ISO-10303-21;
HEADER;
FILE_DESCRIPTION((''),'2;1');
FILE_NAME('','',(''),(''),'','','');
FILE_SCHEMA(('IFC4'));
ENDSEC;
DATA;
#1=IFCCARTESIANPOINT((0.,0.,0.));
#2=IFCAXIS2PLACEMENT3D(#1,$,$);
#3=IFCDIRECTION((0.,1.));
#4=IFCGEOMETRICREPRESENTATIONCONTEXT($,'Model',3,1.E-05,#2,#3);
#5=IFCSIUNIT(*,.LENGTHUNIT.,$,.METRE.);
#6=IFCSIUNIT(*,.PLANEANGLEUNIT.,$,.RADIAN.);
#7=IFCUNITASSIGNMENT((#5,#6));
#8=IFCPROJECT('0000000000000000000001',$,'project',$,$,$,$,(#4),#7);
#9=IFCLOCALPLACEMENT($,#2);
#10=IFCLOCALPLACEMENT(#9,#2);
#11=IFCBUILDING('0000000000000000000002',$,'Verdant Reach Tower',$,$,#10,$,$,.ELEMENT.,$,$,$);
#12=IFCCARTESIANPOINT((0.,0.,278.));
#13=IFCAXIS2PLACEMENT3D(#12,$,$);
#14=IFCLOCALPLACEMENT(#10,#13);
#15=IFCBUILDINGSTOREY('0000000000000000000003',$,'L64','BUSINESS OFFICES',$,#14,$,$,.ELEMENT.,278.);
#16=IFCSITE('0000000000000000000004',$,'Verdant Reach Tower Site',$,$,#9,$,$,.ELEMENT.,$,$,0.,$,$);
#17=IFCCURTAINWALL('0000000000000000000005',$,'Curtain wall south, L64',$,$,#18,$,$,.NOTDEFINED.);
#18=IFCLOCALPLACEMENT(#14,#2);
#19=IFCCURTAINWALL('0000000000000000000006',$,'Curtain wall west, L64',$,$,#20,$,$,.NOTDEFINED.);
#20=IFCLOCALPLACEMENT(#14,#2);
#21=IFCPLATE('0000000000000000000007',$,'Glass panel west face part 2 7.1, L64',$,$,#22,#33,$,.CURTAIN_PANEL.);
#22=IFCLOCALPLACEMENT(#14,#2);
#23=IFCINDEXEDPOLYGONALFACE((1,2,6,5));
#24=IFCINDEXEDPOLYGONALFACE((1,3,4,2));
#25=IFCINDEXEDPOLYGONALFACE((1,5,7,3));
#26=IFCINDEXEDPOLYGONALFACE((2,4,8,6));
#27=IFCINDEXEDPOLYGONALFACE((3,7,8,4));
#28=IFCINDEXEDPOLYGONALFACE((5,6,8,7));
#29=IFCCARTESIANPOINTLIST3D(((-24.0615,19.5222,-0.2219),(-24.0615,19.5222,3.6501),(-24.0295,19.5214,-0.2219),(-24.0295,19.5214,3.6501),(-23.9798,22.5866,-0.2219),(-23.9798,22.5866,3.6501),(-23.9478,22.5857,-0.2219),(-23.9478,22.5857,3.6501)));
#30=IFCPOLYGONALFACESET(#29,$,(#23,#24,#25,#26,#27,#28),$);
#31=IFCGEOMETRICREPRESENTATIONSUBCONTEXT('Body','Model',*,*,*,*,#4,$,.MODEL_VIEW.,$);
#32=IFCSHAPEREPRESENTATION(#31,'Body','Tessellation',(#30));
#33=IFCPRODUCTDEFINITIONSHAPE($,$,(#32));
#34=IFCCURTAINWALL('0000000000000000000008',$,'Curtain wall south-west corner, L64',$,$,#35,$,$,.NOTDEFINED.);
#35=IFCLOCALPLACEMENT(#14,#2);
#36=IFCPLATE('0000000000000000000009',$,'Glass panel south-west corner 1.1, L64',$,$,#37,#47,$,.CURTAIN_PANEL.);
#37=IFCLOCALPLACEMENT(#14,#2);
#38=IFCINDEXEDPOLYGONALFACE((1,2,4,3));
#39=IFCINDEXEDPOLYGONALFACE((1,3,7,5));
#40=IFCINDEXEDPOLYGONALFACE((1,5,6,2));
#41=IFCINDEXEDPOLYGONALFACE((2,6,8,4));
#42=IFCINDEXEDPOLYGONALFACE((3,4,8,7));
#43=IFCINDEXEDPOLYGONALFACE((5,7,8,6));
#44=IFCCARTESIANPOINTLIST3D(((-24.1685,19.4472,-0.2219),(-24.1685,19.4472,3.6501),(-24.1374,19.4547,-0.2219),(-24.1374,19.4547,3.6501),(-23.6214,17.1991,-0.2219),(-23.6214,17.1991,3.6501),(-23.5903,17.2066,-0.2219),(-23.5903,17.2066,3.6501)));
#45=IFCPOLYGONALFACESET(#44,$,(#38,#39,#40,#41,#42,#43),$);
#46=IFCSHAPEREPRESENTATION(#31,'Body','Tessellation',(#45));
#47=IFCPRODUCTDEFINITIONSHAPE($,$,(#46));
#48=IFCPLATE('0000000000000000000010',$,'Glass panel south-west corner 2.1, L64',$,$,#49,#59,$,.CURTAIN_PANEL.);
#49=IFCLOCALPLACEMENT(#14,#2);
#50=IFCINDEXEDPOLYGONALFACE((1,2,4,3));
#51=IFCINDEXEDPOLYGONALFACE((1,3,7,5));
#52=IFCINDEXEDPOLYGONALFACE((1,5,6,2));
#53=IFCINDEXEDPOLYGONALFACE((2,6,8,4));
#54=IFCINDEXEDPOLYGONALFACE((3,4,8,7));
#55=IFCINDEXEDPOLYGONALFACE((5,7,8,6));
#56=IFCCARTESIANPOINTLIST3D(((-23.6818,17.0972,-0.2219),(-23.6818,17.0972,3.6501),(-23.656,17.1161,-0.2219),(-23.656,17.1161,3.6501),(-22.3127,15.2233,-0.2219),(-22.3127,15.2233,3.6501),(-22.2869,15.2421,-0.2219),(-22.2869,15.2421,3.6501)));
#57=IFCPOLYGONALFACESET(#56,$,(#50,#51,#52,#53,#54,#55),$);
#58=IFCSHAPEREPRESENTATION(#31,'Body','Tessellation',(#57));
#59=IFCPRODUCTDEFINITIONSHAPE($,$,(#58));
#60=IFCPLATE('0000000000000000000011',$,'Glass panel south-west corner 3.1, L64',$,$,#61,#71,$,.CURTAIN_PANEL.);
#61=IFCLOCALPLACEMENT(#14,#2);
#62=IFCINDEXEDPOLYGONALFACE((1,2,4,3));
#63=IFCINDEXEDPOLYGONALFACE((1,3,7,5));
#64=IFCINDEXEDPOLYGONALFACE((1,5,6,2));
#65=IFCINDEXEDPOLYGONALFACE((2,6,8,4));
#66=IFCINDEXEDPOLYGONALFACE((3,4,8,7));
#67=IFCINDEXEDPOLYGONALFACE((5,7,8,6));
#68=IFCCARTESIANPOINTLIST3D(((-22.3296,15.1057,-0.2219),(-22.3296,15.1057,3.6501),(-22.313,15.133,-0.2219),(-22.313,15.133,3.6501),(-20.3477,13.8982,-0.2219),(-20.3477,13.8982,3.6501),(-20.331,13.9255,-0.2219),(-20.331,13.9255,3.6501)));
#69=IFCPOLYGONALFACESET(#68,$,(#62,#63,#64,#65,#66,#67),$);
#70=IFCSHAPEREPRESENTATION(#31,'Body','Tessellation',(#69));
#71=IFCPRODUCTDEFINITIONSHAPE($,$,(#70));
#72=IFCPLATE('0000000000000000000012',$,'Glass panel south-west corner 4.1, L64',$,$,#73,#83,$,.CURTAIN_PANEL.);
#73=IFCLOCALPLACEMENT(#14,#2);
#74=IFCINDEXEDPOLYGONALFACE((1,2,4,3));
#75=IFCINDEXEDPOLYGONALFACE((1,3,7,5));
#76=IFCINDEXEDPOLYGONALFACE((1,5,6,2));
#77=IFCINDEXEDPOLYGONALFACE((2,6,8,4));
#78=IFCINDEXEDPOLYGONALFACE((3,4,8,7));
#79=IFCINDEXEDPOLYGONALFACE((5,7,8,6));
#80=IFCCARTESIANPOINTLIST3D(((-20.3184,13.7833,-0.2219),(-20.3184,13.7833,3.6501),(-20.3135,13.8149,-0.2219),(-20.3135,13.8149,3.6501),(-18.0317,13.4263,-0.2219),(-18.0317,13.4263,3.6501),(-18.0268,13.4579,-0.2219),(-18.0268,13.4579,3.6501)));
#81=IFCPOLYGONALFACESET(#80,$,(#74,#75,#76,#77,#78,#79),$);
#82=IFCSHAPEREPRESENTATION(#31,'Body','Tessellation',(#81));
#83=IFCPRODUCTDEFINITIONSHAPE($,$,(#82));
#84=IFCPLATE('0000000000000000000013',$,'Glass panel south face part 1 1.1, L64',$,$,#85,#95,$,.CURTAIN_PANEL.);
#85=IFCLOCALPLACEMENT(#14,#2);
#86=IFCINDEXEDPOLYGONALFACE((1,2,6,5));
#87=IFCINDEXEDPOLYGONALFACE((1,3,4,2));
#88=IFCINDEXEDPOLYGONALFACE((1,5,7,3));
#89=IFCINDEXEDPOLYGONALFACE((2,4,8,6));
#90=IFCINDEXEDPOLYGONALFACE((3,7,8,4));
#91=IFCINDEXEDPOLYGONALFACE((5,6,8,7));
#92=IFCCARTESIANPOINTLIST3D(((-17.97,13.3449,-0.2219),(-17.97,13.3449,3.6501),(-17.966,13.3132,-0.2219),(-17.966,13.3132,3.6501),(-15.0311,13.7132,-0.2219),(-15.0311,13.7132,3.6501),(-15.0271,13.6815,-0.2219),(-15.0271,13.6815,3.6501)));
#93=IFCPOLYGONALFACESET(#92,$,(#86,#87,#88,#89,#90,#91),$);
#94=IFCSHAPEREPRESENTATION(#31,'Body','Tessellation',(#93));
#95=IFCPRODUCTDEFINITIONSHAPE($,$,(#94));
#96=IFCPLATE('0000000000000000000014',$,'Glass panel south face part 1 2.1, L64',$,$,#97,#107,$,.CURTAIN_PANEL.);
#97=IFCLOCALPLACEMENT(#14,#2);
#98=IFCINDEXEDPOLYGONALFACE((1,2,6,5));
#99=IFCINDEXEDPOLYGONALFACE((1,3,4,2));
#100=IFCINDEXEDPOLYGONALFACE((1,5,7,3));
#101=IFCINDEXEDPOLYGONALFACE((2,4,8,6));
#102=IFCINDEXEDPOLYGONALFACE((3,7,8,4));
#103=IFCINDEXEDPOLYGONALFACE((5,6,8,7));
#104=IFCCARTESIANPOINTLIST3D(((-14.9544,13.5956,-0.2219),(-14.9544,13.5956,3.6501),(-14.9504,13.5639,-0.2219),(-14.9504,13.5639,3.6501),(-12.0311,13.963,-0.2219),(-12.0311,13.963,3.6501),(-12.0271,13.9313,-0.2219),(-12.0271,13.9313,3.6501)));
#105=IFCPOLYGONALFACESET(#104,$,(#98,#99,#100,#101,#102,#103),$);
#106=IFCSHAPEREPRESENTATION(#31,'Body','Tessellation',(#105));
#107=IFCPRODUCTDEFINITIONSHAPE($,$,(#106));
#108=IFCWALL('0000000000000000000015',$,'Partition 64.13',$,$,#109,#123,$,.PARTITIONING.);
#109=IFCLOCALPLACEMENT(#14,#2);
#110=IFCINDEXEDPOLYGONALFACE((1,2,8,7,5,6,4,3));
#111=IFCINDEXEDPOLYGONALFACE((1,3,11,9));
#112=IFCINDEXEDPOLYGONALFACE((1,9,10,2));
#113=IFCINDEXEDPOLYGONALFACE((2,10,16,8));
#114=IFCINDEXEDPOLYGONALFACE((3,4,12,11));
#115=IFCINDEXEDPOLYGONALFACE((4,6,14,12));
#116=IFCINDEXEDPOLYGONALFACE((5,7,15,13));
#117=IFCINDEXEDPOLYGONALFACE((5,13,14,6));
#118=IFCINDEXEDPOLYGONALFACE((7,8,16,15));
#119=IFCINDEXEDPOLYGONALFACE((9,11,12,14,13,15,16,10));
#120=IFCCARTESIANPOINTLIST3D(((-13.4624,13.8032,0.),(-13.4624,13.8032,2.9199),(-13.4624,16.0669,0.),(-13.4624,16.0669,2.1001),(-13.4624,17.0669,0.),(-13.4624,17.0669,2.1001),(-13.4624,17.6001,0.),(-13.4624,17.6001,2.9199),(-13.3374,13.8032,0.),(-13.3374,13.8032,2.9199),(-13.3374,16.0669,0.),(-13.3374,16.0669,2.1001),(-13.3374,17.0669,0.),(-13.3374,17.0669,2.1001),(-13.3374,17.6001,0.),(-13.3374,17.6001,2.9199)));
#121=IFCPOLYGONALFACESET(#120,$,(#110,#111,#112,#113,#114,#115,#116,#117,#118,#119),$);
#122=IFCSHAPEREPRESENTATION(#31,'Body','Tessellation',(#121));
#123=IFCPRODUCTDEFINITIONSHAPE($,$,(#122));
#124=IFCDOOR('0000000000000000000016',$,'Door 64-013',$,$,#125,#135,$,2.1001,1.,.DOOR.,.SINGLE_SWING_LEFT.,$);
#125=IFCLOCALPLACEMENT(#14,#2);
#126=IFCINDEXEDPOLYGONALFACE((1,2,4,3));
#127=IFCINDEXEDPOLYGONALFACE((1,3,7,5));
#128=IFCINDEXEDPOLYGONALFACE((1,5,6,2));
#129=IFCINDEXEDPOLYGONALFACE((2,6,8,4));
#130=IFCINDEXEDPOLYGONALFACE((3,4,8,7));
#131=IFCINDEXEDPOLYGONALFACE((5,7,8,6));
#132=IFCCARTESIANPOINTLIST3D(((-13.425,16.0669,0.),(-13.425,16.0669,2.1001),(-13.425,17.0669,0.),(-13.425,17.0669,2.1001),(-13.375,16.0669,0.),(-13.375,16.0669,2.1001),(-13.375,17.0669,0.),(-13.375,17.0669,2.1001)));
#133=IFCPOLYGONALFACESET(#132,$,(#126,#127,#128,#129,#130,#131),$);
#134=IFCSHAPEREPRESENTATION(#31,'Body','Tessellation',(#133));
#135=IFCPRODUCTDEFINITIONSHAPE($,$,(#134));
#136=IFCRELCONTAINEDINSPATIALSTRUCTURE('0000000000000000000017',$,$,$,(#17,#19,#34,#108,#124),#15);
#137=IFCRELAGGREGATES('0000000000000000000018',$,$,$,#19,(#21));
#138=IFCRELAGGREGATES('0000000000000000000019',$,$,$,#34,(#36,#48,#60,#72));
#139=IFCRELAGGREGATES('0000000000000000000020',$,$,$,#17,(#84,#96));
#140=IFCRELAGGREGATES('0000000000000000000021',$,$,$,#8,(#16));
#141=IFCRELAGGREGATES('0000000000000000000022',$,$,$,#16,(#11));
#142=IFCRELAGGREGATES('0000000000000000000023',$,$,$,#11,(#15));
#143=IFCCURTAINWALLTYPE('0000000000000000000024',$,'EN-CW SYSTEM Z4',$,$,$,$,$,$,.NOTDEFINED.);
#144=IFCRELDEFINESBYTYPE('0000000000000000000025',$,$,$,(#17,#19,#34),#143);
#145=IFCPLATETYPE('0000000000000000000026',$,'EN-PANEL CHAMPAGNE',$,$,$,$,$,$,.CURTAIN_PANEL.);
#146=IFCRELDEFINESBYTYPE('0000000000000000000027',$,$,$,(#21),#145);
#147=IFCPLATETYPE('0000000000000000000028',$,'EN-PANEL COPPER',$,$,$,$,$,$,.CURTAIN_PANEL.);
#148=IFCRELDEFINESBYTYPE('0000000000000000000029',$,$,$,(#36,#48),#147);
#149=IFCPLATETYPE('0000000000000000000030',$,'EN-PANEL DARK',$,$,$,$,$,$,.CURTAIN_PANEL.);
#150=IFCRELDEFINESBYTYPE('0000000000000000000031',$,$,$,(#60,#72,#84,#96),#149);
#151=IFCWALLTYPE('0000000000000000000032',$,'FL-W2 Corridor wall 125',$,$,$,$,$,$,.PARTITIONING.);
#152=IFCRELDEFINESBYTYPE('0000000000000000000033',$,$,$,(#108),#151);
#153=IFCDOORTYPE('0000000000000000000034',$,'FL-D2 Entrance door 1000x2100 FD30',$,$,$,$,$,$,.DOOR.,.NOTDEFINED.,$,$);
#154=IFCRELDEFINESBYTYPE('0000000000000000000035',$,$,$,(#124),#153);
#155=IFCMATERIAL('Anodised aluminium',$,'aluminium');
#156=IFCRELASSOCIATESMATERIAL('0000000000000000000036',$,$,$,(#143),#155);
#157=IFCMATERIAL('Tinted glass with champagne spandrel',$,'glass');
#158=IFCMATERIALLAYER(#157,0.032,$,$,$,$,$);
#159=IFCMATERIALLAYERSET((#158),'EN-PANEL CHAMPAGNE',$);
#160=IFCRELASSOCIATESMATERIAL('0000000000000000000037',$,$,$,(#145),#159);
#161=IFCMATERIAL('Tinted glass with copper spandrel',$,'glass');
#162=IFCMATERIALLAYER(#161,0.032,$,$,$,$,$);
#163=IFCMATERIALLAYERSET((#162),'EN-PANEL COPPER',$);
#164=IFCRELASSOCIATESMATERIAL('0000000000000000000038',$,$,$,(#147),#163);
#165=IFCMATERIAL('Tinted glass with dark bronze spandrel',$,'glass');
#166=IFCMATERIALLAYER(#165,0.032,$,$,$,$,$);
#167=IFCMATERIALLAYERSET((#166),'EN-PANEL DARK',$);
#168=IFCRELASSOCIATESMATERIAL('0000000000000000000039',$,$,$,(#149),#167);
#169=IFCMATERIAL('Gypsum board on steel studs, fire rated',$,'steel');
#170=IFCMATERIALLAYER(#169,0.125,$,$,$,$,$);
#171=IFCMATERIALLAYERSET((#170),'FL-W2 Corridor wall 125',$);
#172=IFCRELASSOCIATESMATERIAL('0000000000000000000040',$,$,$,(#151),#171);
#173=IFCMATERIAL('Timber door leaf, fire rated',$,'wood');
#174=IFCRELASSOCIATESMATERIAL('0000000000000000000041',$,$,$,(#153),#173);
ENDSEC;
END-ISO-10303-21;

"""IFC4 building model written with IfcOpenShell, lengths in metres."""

from ifc_helpers import new_model, si_unit, direction, frame, frame_2d, origin, origin_2d, place, context, subcontext, project, spatial, rectangle, extrude, material, layer, layer_set, type_object, element, fill, aggregate, save


model = new_model("IFC4")

# Units and contexts
model_context = context("Model", 3, precision=1e-05, world=origin(), true_north=direction((0.0, 1.0)))
body_context = subcontext(model_context, "Body", "Model", "MODEL_VIEW")
ifc_project = project(units=[si_unit("LENGTHUNIT", "METRE"), si_unit("PLANEANGLEUNIT", "RADIAN")], contexts=[model_context])

# Site, building, storey
site_placement = place(None, origin())
site = spatial("IfcSite", under=ifc_project, at=site_placement, Name="Verdant Reach Tower Site", CompositionType="ELEMENT", RefElevation=0.0)
building_placement = place(site_placement, origin())
building = spatial("IfcBuilding", under=site, at=building_placement, Name="Verdant Reach Tower", CompositionType="ELEMENT")
storey_placement = place(building_placement, frame((0.0, 0.0, 278.0)))
storey = spatial("IfcBuildingStorey", under=building, at=storey_placement, Name="L64", Description="BUSINESS OFFICES", CompositionType="ELEMENT", Elevation=278.0)

# Curtain wall
ifc_material_1 = material(Name="Anodised aluminium", Category="aluminium")
curtain_wall_type = type_object("IfcCurtainWallType", Name="EN-CW SYSTEM Z4", PredefinedType="NOTDEFINED", material=ifc_material_1)
curtain_wall_1_placement = place(storey_placement, origin())
curtain_wall_1 = element("IfcCurtainWall", 1, at=curtain_wall_1_placement, inside=storey, type_object=curtain_wall_type, Name="Curtain wall south, L64", PredefinedType="NOTDEFINED")

# Curtain wall, plate
curtain_wall_2_placement = place(storey_placement, origin())
curtain_wall_2 = element("IfcCurtainWall", 2, at=curtain_wall_2_placement, inside=storey, type_object=curtain_wall_type, Name="Curtain wall west, L64", PredefinedType="NOTDEFINED")
ifc_material_2 = material(Name="Tinted glass with champagne spandrel", Category="glass")
ifc_layer_1 = layer(ifc_material_2, 0.032)
ifc_layer_set_1 = layer_set([ifc_layer_1], Name="EN-PANEL CHAMPAGNE")
plate_type_1 = type_object("IfcPlateType", Name="EN-PANEL CHAMPAGNE", PredefinedType="CURTAIN_PANEL", material=ifc_layer_set_1)
plate_1_placement = place(storey_placement, frame((-24.0046, 21.054, -0.2219), z_axis=(0.0, 0.0, 1.0), x_axis=(-0.026651, -0.999645, 0.0)))
plate_1 = element("IfcPlate", 3, at=plate_1_placement, type_object=plate_type_1, Name="Glass panel west face part 2 7.1, L64", PredefinedType="CURTAIN_PANEL", context=body_context, shape_type="SweptSolid", body=[
    extrude(rectangle(XDim=3.0654, YDim=0.032, at=origin_2d()), origin(), (0.0, 0.0, 1.0), 3.8721),
])
aggregate(curtain_wall_2, [plate_1])

# Curtain wall, plates
curtain_wall_3_placement = place(storey_placement, origin())
curtain_wall_3 = element("IfcCurtainWall", 4, at=curtain_wall_3_placement, inside=storey, type_object=curtain_wall_type, Name="Curtain wall south-west corner, L64", PredefinedType="NOTDEFINED")
ifc_material_3 = material(Name="Tinted glass with copper spandrel", Category="glass")
ifc_layer_2 = layer(ifc_material_3, 0.032)
ifc_layer_set_2 = layer_set([ifc_layer_2], Name="EN-PANEL COPPER")
plate_type_2 = type_object("IfcPlateType", Name="EN-PANEL COPPER", PredefinedType="CURTAIN_PANEL", material=ifc_layer_set_2)
plate_2_placement = place(storey_placement, frame((-23.8794, 18.3269, -0.2219), z_axis=(0.0, 0.0, 1.0), x_axis=(0.236459, -0.971642, 0.0)))
plate_2 = element("IfcPlate", 5, at=plate_2_placement, type_object=plate_type_2, Name="Glass panel south-west corner 1.1, L64", PredefinedType="CURTAIN_PANEL", context=body_context, shape_type="SweptSolid", body=[
    extrude(rectangle(XDim=2.3137, YDim=0.032, at=origin_2d()), origin(), (0.0, 0.0, 1.0), 3.8721),
])
plate_3_placement = place(storey_placement, frame((-22.9844, 16.1697, -0.2219), z_axis=(0.0, 0.0, 1.0), x_axis=(0.589927, -0.807457, 0.0)))
plate_3 = element("IfcPlate", 6, at=plate_3_placement, type_object=plate_type_2, Name="Glass panel south-west corner 2.1, L64", PredefinedType="CURTAIN_PANEL", context=body_context, shape_type="SweptSolid", body=[
    extrude(rectangle(XDim=2.3208, YDim=0.032, at=origin_2d()), origin(), (0.0, 0.0, 1.0), 3.8721),
])
ifc_material_4 = material(Name="Tinted glass with dark bronze spandrel", Category="glass")
ifc_layer_3 = layer(ifc_material_4, 0.032)
ifc_layer_set_3 = layer_set([ifc_layer_3], Name="EN-PANEL DARK")
plate_type_3 = type_object("IfcPlateType", Name="EN-PANEL DARK", PredefinedType="CURTAIN_PANEL", material=ifc_layer_set_3)
plate_4_placement = place(storey_placement, frame((-21.3303, 14.5156, -0.2219), z_axis=(0.0, 0.0, 1.0), x_axis=(0.853989, -0.520292, 0.0)))
plate_4 = element("IfcPlate", 7, at=plate_4_placement, type_object=plate_type_3, Name="Glass panel south-west corner 3.1, L64", PredefinedType="CURTAIN_PANEL", context=body_context, shape_type="SweptSolid", body=[
    extrude(rectangle(XDim=2.3208, YDim=0.032, at=origin_2d()), origin(), (0.0, 0.0, 1.0), 3.8721),
])
plate_5_placement = place(storey_placement, frame((-19.1726, 13.6206, -0.2219), z_axis=(0.0, 0.0, 1.0), x_axis=(0.988027, -0.154279, 0.0)))
plate_5 = element("IfcPlate", 8, at=plate_5_placement, type_object=plate_type_3, Name="Glass panel south-west corner 4.1, L64", PredefinedType="CURTAIN_PANEL", context=body_context, shape_type="SweptSolid", body=[
    extrude(rectangle(XDim=2.3145, YDim=0.032, at=origin_2d()), origin(), (0.0, 0.0, 1.0), 3.8721),
])
aggregate(curtain_wall_3, [plate_2, plate_3, plate_4, plate_5])

# Plates
plate_6_placement = place(storey_placement, frame((-16.4985, 13.5132, -0.2219), z_axis=(0.0, 0.0, 1.0), x_axis=(0.992239, 0.124346, 0.0)))
plate_6 = element("IfcPlate", 9, at=plate_6_placement, type_object=plate_type_3, Name="Glass panel south face part 1 1.1, L64", PredefinedType="CURTAIN_PANEL", context=body_context, shape_type="SweptSolid", body=[
    extrude(rectangle(XDim=2.9619, YDim=0.032, at=origin_2d()), origin(), (0.0, 0.0, 1.0), 3.8721),
])
plate_7_placement = place(storey_placement, frame((-13.4907, 13.7634, -0.2219), z_axis=(0.0, 0.0, 1.0), x_axis=(0.992194, 0.124704, 0.0)))
plate_7 = element("IfcPlate", 10, at=plate_7_placement, type_object=plate_type_3, Name="Glass panel south face part 1 2.1, L64", PredefinedType="CURTAIN_PANEL", context=body_context, shape_type="SweptSolid", body=[
    extrude(rectangle(XDim=2.9463, YDim=0.032, at=origin_2d()), origin(), (0.0, 0.0, 1.0), 3.8721),
])
aggregate(curtain_wall_1, [plate_6, plate_7])

# Wall, opening, door
ifc_material_5 = material(Name="Gypsum board on steel studs, fire rated", Category="steel")
ifc_layer_4 = layer(ifc_material_5, 0.125)
ifc_layer_set_4 = layer_set([ifc_layer_4], Name="FL-W2 Corridor wall 125")
wall_type = type_object("IfcWallType", Name="FL-W2 Corridor wall 125", PredefinedType="PARTITIONING", material=ifc_layer_set_4)
ifc_material_6 = material(Name="Timber door leaf, fire rated", Category="wood")
door_type = type_object("IfcDoorType", Name="FL-D2 Entrance door 1000x2100 FD30", OperationType="NOTDEFINED", PredefinedType="DOOR", material=ifc_material_6)
wall_1_placement = place(storey_placement, frame((-13.3999, 17.6001, 0.0), z_axis=(0.0, 0.0, 1.0), x_axis=(0.0, -1.0, 0.0)))
wall_1 = element("IfcWall", 11, at=wall_1_placement, inside=storey, type_object=wall_type, Name="Partition 64.13", PredefinedType="PARTITIONING", context=body_context, shape_type="SweptSolid", body=[
    extrude(rectangle(XDim=3.7969, YDim=0.125, at=frame_2d((1.8984, 0.0))), origin(), (0.0, 0.0, 1.0), 2.9199),
])
opening_1_placement = place(wall_1_placement, frame((0.5332, 0.0, 0.0)))
opening_1 = element("IfcOpeningElement", 12, at=opening_1_placement, cuts=wall_1, PredefinedType="OPENING", context=body_context, shape_type="SweptSolid", body=[
    extrude(rectangle(XDim=1.0, YDim=2.1001, at=frame_2d((0.5, 1.05))), frame((0.0, 0.0725, 0.0), z_axis=(0.0, -1.0, 0.0), x_axis=(1.0, 0.0, 0.0)), (0.0, 0.0, 1.0), 0.145),
])
door_1_placement = place(opening_1_placement, origin())
door_1 = element("IfcDoor", 13, at=door_1_placement, inside=storey, type_object=door_type, Name="Door 64-013", OperationType="SINGLE_SWING_LEFT", OverallHeight=2.1001, OverallWidth=1.0, PredefinedType="DOOR", context=body_context, shape_type="SweptSolid", body=[
    extrude(rectangle(XDim=1.0, YDim=2.1001, at=frame_2d((0.5, 1.05))), frame((0.0, 0.0249, 0.0), z_axis=(0.0, -1.0, 0.0), x_axis=(1.0, 0.0, 0.0)), (0.0, 0.0, 1.0), 0.05),
])
fill(opening_1, door_1)

save(model, "model.ifc")
